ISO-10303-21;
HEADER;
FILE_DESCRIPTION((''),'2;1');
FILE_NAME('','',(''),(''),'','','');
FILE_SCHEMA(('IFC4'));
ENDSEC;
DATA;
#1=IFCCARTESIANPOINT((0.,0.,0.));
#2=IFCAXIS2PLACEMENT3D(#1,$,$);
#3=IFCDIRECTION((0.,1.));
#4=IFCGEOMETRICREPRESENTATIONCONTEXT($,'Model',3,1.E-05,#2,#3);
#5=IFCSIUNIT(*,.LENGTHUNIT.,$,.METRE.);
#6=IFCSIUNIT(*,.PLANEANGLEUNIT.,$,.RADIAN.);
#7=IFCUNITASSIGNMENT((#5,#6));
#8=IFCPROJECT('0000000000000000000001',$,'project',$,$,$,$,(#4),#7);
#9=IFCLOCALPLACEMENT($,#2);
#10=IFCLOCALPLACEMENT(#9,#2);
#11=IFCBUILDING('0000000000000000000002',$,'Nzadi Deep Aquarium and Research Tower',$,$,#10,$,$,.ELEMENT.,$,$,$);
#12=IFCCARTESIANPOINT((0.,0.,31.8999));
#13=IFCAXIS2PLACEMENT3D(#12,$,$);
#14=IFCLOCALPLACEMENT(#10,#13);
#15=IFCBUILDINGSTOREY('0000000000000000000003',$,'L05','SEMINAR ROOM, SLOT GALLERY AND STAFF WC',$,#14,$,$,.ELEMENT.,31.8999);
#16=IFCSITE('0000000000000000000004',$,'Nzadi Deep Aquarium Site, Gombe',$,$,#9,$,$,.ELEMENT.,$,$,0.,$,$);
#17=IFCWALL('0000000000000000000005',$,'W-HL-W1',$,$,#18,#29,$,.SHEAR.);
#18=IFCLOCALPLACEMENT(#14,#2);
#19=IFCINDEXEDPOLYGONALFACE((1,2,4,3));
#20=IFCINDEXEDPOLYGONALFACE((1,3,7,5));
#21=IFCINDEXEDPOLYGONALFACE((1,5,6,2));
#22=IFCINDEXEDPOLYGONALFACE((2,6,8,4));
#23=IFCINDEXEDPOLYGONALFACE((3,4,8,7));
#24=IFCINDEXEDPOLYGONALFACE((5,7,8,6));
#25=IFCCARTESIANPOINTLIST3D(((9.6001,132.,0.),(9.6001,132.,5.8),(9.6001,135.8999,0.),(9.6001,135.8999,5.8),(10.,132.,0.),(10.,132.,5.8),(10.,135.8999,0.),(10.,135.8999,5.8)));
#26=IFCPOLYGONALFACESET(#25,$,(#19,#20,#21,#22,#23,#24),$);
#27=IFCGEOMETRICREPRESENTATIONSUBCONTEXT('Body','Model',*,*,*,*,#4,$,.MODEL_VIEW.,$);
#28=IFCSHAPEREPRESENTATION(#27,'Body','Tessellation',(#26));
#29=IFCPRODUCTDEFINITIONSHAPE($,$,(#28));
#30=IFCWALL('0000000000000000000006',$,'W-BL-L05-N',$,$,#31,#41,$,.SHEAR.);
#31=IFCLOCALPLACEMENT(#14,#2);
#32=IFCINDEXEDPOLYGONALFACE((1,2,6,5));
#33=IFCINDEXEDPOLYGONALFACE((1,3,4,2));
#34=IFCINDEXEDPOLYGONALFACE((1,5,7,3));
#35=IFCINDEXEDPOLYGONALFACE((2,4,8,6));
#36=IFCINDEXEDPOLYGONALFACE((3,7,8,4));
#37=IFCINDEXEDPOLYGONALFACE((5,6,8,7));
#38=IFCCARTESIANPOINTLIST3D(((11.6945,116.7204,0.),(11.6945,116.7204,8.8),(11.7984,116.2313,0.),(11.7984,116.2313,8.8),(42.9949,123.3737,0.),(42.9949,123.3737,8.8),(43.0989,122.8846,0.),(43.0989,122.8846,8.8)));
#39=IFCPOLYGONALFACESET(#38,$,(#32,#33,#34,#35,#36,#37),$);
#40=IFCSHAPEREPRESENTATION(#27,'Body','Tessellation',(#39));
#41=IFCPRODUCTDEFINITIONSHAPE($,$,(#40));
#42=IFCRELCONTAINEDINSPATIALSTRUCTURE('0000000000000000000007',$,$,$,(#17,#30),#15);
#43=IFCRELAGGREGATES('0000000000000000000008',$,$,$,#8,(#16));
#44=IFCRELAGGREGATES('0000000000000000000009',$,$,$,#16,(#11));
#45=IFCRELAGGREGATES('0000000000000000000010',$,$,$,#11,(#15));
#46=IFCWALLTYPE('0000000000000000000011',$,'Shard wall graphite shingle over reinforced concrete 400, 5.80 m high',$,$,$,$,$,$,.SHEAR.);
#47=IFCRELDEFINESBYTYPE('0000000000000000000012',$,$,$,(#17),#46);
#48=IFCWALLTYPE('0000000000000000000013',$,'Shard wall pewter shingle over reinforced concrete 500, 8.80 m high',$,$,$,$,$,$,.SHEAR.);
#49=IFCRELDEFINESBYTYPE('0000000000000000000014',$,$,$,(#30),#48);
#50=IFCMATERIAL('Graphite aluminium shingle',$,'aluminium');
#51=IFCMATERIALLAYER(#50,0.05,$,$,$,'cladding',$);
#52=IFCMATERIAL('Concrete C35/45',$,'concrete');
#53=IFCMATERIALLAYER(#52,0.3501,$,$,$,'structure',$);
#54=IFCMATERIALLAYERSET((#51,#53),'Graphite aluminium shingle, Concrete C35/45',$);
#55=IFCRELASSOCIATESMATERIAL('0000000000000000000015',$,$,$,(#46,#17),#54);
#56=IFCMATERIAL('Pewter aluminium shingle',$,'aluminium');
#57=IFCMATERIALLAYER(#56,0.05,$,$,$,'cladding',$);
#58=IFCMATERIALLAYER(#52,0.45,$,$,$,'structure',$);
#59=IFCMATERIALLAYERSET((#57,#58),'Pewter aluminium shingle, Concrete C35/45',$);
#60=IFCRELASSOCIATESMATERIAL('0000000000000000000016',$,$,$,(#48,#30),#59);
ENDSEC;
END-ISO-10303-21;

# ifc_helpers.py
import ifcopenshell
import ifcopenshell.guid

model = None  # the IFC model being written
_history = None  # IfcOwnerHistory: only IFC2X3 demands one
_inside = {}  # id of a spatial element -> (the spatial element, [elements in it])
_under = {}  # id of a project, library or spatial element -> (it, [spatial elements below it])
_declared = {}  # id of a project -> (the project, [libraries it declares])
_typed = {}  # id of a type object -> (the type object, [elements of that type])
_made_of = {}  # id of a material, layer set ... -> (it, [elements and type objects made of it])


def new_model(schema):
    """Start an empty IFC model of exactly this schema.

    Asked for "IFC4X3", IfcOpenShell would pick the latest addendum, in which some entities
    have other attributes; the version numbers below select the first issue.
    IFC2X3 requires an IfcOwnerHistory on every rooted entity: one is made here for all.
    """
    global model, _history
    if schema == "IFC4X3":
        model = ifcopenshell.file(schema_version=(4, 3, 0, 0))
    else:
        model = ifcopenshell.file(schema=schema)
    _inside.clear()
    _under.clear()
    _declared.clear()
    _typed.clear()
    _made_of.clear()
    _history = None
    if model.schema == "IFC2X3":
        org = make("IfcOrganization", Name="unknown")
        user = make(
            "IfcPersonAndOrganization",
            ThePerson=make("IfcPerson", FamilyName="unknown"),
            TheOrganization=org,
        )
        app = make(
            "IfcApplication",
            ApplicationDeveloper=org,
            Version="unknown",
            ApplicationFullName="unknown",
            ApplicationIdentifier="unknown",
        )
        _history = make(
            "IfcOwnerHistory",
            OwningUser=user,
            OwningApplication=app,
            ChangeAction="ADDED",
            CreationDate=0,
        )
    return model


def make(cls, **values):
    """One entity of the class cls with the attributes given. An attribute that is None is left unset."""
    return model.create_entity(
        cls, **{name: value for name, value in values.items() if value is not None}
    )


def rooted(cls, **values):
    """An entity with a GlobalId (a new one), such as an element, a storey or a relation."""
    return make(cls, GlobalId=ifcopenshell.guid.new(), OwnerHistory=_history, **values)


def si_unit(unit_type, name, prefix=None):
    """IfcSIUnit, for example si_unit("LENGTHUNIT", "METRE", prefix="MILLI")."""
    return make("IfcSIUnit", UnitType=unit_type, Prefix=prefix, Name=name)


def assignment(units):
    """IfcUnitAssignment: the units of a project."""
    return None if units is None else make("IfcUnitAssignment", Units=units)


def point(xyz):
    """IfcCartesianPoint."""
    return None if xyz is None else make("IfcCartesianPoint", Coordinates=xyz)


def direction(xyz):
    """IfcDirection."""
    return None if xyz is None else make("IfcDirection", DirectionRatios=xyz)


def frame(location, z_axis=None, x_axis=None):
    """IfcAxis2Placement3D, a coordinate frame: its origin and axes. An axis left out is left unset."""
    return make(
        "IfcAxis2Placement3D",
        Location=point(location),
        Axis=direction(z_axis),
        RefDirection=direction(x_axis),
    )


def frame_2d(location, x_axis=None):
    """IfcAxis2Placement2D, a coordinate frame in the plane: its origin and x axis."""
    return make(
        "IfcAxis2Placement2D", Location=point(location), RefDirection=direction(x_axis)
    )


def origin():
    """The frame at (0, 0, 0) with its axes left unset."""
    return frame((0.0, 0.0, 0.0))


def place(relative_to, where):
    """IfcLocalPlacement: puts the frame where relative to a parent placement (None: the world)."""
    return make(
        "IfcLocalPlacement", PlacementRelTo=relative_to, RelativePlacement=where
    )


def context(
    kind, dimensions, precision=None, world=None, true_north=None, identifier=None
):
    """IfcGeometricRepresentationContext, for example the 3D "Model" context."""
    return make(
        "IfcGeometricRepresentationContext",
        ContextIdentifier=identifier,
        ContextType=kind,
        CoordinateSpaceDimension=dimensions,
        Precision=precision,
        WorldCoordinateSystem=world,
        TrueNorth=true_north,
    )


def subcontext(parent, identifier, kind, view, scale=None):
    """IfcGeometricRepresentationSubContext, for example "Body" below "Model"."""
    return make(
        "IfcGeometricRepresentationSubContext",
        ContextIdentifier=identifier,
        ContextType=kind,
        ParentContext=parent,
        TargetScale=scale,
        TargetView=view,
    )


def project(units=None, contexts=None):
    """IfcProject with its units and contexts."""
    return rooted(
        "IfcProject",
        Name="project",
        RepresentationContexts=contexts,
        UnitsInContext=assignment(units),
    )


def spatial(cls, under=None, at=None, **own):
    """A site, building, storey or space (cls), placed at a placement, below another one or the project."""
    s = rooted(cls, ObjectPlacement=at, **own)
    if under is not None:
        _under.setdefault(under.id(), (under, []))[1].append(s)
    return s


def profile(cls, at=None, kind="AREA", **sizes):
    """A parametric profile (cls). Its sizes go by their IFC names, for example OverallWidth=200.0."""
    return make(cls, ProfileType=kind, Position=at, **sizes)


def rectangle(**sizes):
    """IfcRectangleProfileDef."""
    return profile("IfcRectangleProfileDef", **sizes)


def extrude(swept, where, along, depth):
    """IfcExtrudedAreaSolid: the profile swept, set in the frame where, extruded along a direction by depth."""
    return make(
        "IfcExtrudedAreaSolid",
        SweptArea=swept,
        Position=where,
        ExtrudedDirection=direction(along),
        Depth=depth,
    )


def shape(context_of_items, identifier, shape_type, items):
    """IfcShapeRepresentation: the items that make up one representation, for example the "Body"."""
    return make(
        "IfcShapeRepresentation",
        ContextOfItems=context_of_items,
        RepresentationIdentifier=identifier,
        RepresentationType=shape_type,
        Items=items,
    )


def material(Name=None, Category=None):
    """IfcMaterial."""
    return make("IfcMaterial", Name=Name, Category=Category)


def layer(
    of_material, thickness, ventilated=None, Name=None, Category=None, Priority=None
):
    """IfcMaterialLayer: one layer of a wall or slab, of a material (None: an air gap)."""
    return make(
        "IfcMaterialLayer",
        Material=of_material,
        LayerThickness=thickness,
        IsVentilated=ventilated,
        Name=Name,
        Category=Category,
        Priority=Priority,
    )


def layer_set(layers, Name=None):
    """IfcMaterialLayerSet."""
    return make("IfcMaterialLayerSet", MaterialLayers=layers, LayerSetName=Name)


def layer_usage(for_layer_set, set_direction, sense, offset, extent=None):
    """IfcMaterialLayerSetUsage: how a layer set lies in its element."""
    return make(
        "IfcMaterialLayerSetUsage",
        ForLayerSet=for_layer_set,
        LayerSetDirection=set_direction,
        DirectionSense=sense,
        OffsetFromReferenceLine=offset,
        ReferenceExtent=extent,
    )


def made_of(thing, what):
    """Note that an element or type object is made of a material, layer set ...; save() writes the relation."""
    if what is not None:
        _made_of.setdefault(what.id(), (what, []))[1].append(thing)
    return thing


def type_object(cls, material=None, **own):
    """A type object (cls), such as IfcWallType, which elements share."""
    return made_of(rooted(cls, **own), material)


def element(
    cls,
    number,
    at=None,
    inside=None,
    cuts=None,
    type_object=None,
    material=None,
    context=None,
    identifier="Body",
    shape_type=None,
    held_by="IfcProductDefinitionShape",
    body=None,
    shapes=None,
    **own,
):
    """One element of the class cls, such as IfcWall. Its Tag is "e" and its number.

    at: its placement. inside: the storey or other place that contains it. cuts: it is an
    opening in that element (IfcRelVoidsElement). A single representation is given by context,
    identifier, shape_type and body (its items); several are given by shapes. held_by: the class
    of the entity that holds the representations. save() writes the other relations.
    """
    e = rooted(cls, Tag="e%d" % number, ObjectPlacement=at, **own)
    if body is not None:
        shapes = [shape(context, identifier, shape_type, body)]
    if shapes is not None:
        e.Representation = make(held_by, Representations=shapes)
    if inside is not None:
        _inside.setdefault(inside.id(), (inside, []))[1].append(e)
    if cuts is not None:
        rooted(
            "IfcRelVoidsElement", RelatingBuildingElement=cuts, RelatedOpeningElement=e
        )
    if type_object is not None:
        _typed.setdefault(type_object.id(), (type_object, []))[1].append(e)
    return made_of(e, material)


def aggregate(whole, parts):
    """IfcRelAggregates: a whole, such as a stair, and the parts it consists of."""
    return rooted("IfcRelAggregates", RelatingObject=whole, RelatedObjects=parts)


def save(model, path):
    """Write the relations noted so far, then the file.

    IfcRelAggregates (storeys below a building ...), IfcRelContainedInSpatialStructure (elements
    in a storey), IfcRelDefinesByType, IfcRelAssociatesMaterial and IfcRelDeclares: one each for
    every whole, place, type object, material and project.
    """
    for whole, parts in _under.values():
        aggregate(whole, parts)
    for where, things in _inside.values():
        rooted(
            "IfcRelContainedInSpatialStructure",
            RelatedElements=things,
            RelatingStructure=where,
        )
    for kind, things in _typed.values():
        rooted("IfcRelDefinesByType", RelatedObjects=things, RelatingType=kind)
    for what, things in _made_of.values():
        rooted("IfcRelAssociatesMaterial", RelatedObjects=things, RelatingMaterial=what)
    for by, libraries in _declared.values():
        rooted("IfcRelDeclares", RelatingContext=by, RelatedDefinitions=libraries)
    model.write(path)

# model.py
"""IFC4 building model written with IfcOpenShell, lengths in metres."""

from ifc_helpers import new_model, si_unit, direction, frame, frame_2d, origin, place, context, subcontext, project, spatial, rectangle, extrude, material, layer, layer_set, layer_usage, type_object, element, save


model = new_model("IFC4")

# Units and contexts
model_context = context("Model", 3, precision=1e-05, world=origin(), true_north=direction((0.0, 1.0)))
body_context = subcontext(model_context, "Body", "Model", "MODEL_VIEW")
ifc_project = project(units=[si_unit("LENGTHUNIT", "METRE"), si_unit("PLANEANGLEUNIT", "RADIAN")], contexts=[model_context])

# Site, building, storey
site_placement = place(None, origin())
site = spatial("IfcSite", under=ifc_project, at=site_placement, Name="Nzadi Deep Aquarium Site, Gombe", CompositionType="ELEMENT", RefElevation=0.0)
building_placement = place(site_placement, origin())
building = spatial("IfcBuilding", under=site, at=building_placement, Name="Nzadi Deep Aquarium and Research Tower", CompositionType="ELEMENT")
storey_placement = place(building_placement, frame((0.0, 0.0, 31.8999)))
storey = spatial("IfcBuildingStorey", under=building, at=storey_placement, Name="L05", Description="SEMINAR ROOM, SLOT GALLERY AND STAFF WC", CompositionType="ELEMENT", Elevation=31.8999)

# Shared definitions
ifc_material_1 = material(Name="Graphite aluminium shingle", Category="aluminium")
ifc_material_2 = material(Name="Concrete C35/45", Category="concrete")

# Walls
ifc_layer_1 = layer(ifc_material_1, 0.05, Category="cladding")
ifc_layer_2 = layer(ifc_material_2, 0.3501, Category="structure")
ifc_layer_set_1 = layer_set([ifc_layer_1, ifc_layer_2], Name="Graphite aluminium shingle, Concrete C35/45")
wall_type_1 = type_object("IfcWallType", Name="Shard wall graphite shingle over reinforced concrete 400, 5.80 m high", PredefinedType="SHEAR", material=ifc_layer_set_1)
ifc_layer_usage_1 = layer_usage(ifc_layer_set_1, "AXIS2", "POSITIVE", -0.2)
wall_1_placement = place(storey_placement, frame((9.8, 132.0, 0.0), z_axis=(0.0, 0.0, 1.0), x_axis=(0.0, 1.0, 0.0)))
element("IfcWall", 1, at=wall_1_placement, inside=storey, type_object=wall_type_1, material=ifc_layer_usage_1, Name="W-HL-W1", PredefinedType="SHEAR", context=body_context, shape_type="SweptSolid", body=[
    extrude(rectangle(XDim=3.8999, YDim=0.3999, at=frame_2d((1.95, 0.0))), origin(), (0.0, 0.0, 1.0), 5.8),
])
ifc_material_3 = material(Name="Pewter aluminium shingle", Category="aluminium")
ifc_layer_3 = layer(ifc_material_3, 0.05, Category="cladding")
ifc_layer_4 = layer(ifc_material_2, 0.45, Category="structure")
ifc_layer_set_2 = layer_set([ifc_layer_3, ifc_layer_4], Name="Pewter aluminium shingle, Concrete C35/45")
ifc_layer_usage_2 = layer_usage(ifc_layer_set_2, "AXIS2", "POSITIVE", -0.25)
wall_type_2 = type_object("IfcWallType", Name="Shard wall pewter shingle over reinforced concrete 500, 8.80 m high", PredefinedType="SHEAR", material=ifc_layer_set_2)
wall_2_placement = place(storey_placement, frame((11.7463, 116.4758, 0.0), z_axis=(0.0, 0.0, 1.0), x_axis=(0.978146, 0.207917, 0.0)))
element("IfcWall", 2, at=wall_2_placement, inside=storey, type_object=wall_type_2, material=ifc_layer_usage_2, Name="W-BL-L05-N", PredefinedType="SHEAR", context=body_context, shape_type="SweptSolid", body=[
    extrude(rectangle(XDim=31.9998, YDim=0.5, at=frame_2d((16.0, 0.0))), origin(), (0.0, 0.0, 1.0), 8.8),
])

save(model, "model.ifc")
